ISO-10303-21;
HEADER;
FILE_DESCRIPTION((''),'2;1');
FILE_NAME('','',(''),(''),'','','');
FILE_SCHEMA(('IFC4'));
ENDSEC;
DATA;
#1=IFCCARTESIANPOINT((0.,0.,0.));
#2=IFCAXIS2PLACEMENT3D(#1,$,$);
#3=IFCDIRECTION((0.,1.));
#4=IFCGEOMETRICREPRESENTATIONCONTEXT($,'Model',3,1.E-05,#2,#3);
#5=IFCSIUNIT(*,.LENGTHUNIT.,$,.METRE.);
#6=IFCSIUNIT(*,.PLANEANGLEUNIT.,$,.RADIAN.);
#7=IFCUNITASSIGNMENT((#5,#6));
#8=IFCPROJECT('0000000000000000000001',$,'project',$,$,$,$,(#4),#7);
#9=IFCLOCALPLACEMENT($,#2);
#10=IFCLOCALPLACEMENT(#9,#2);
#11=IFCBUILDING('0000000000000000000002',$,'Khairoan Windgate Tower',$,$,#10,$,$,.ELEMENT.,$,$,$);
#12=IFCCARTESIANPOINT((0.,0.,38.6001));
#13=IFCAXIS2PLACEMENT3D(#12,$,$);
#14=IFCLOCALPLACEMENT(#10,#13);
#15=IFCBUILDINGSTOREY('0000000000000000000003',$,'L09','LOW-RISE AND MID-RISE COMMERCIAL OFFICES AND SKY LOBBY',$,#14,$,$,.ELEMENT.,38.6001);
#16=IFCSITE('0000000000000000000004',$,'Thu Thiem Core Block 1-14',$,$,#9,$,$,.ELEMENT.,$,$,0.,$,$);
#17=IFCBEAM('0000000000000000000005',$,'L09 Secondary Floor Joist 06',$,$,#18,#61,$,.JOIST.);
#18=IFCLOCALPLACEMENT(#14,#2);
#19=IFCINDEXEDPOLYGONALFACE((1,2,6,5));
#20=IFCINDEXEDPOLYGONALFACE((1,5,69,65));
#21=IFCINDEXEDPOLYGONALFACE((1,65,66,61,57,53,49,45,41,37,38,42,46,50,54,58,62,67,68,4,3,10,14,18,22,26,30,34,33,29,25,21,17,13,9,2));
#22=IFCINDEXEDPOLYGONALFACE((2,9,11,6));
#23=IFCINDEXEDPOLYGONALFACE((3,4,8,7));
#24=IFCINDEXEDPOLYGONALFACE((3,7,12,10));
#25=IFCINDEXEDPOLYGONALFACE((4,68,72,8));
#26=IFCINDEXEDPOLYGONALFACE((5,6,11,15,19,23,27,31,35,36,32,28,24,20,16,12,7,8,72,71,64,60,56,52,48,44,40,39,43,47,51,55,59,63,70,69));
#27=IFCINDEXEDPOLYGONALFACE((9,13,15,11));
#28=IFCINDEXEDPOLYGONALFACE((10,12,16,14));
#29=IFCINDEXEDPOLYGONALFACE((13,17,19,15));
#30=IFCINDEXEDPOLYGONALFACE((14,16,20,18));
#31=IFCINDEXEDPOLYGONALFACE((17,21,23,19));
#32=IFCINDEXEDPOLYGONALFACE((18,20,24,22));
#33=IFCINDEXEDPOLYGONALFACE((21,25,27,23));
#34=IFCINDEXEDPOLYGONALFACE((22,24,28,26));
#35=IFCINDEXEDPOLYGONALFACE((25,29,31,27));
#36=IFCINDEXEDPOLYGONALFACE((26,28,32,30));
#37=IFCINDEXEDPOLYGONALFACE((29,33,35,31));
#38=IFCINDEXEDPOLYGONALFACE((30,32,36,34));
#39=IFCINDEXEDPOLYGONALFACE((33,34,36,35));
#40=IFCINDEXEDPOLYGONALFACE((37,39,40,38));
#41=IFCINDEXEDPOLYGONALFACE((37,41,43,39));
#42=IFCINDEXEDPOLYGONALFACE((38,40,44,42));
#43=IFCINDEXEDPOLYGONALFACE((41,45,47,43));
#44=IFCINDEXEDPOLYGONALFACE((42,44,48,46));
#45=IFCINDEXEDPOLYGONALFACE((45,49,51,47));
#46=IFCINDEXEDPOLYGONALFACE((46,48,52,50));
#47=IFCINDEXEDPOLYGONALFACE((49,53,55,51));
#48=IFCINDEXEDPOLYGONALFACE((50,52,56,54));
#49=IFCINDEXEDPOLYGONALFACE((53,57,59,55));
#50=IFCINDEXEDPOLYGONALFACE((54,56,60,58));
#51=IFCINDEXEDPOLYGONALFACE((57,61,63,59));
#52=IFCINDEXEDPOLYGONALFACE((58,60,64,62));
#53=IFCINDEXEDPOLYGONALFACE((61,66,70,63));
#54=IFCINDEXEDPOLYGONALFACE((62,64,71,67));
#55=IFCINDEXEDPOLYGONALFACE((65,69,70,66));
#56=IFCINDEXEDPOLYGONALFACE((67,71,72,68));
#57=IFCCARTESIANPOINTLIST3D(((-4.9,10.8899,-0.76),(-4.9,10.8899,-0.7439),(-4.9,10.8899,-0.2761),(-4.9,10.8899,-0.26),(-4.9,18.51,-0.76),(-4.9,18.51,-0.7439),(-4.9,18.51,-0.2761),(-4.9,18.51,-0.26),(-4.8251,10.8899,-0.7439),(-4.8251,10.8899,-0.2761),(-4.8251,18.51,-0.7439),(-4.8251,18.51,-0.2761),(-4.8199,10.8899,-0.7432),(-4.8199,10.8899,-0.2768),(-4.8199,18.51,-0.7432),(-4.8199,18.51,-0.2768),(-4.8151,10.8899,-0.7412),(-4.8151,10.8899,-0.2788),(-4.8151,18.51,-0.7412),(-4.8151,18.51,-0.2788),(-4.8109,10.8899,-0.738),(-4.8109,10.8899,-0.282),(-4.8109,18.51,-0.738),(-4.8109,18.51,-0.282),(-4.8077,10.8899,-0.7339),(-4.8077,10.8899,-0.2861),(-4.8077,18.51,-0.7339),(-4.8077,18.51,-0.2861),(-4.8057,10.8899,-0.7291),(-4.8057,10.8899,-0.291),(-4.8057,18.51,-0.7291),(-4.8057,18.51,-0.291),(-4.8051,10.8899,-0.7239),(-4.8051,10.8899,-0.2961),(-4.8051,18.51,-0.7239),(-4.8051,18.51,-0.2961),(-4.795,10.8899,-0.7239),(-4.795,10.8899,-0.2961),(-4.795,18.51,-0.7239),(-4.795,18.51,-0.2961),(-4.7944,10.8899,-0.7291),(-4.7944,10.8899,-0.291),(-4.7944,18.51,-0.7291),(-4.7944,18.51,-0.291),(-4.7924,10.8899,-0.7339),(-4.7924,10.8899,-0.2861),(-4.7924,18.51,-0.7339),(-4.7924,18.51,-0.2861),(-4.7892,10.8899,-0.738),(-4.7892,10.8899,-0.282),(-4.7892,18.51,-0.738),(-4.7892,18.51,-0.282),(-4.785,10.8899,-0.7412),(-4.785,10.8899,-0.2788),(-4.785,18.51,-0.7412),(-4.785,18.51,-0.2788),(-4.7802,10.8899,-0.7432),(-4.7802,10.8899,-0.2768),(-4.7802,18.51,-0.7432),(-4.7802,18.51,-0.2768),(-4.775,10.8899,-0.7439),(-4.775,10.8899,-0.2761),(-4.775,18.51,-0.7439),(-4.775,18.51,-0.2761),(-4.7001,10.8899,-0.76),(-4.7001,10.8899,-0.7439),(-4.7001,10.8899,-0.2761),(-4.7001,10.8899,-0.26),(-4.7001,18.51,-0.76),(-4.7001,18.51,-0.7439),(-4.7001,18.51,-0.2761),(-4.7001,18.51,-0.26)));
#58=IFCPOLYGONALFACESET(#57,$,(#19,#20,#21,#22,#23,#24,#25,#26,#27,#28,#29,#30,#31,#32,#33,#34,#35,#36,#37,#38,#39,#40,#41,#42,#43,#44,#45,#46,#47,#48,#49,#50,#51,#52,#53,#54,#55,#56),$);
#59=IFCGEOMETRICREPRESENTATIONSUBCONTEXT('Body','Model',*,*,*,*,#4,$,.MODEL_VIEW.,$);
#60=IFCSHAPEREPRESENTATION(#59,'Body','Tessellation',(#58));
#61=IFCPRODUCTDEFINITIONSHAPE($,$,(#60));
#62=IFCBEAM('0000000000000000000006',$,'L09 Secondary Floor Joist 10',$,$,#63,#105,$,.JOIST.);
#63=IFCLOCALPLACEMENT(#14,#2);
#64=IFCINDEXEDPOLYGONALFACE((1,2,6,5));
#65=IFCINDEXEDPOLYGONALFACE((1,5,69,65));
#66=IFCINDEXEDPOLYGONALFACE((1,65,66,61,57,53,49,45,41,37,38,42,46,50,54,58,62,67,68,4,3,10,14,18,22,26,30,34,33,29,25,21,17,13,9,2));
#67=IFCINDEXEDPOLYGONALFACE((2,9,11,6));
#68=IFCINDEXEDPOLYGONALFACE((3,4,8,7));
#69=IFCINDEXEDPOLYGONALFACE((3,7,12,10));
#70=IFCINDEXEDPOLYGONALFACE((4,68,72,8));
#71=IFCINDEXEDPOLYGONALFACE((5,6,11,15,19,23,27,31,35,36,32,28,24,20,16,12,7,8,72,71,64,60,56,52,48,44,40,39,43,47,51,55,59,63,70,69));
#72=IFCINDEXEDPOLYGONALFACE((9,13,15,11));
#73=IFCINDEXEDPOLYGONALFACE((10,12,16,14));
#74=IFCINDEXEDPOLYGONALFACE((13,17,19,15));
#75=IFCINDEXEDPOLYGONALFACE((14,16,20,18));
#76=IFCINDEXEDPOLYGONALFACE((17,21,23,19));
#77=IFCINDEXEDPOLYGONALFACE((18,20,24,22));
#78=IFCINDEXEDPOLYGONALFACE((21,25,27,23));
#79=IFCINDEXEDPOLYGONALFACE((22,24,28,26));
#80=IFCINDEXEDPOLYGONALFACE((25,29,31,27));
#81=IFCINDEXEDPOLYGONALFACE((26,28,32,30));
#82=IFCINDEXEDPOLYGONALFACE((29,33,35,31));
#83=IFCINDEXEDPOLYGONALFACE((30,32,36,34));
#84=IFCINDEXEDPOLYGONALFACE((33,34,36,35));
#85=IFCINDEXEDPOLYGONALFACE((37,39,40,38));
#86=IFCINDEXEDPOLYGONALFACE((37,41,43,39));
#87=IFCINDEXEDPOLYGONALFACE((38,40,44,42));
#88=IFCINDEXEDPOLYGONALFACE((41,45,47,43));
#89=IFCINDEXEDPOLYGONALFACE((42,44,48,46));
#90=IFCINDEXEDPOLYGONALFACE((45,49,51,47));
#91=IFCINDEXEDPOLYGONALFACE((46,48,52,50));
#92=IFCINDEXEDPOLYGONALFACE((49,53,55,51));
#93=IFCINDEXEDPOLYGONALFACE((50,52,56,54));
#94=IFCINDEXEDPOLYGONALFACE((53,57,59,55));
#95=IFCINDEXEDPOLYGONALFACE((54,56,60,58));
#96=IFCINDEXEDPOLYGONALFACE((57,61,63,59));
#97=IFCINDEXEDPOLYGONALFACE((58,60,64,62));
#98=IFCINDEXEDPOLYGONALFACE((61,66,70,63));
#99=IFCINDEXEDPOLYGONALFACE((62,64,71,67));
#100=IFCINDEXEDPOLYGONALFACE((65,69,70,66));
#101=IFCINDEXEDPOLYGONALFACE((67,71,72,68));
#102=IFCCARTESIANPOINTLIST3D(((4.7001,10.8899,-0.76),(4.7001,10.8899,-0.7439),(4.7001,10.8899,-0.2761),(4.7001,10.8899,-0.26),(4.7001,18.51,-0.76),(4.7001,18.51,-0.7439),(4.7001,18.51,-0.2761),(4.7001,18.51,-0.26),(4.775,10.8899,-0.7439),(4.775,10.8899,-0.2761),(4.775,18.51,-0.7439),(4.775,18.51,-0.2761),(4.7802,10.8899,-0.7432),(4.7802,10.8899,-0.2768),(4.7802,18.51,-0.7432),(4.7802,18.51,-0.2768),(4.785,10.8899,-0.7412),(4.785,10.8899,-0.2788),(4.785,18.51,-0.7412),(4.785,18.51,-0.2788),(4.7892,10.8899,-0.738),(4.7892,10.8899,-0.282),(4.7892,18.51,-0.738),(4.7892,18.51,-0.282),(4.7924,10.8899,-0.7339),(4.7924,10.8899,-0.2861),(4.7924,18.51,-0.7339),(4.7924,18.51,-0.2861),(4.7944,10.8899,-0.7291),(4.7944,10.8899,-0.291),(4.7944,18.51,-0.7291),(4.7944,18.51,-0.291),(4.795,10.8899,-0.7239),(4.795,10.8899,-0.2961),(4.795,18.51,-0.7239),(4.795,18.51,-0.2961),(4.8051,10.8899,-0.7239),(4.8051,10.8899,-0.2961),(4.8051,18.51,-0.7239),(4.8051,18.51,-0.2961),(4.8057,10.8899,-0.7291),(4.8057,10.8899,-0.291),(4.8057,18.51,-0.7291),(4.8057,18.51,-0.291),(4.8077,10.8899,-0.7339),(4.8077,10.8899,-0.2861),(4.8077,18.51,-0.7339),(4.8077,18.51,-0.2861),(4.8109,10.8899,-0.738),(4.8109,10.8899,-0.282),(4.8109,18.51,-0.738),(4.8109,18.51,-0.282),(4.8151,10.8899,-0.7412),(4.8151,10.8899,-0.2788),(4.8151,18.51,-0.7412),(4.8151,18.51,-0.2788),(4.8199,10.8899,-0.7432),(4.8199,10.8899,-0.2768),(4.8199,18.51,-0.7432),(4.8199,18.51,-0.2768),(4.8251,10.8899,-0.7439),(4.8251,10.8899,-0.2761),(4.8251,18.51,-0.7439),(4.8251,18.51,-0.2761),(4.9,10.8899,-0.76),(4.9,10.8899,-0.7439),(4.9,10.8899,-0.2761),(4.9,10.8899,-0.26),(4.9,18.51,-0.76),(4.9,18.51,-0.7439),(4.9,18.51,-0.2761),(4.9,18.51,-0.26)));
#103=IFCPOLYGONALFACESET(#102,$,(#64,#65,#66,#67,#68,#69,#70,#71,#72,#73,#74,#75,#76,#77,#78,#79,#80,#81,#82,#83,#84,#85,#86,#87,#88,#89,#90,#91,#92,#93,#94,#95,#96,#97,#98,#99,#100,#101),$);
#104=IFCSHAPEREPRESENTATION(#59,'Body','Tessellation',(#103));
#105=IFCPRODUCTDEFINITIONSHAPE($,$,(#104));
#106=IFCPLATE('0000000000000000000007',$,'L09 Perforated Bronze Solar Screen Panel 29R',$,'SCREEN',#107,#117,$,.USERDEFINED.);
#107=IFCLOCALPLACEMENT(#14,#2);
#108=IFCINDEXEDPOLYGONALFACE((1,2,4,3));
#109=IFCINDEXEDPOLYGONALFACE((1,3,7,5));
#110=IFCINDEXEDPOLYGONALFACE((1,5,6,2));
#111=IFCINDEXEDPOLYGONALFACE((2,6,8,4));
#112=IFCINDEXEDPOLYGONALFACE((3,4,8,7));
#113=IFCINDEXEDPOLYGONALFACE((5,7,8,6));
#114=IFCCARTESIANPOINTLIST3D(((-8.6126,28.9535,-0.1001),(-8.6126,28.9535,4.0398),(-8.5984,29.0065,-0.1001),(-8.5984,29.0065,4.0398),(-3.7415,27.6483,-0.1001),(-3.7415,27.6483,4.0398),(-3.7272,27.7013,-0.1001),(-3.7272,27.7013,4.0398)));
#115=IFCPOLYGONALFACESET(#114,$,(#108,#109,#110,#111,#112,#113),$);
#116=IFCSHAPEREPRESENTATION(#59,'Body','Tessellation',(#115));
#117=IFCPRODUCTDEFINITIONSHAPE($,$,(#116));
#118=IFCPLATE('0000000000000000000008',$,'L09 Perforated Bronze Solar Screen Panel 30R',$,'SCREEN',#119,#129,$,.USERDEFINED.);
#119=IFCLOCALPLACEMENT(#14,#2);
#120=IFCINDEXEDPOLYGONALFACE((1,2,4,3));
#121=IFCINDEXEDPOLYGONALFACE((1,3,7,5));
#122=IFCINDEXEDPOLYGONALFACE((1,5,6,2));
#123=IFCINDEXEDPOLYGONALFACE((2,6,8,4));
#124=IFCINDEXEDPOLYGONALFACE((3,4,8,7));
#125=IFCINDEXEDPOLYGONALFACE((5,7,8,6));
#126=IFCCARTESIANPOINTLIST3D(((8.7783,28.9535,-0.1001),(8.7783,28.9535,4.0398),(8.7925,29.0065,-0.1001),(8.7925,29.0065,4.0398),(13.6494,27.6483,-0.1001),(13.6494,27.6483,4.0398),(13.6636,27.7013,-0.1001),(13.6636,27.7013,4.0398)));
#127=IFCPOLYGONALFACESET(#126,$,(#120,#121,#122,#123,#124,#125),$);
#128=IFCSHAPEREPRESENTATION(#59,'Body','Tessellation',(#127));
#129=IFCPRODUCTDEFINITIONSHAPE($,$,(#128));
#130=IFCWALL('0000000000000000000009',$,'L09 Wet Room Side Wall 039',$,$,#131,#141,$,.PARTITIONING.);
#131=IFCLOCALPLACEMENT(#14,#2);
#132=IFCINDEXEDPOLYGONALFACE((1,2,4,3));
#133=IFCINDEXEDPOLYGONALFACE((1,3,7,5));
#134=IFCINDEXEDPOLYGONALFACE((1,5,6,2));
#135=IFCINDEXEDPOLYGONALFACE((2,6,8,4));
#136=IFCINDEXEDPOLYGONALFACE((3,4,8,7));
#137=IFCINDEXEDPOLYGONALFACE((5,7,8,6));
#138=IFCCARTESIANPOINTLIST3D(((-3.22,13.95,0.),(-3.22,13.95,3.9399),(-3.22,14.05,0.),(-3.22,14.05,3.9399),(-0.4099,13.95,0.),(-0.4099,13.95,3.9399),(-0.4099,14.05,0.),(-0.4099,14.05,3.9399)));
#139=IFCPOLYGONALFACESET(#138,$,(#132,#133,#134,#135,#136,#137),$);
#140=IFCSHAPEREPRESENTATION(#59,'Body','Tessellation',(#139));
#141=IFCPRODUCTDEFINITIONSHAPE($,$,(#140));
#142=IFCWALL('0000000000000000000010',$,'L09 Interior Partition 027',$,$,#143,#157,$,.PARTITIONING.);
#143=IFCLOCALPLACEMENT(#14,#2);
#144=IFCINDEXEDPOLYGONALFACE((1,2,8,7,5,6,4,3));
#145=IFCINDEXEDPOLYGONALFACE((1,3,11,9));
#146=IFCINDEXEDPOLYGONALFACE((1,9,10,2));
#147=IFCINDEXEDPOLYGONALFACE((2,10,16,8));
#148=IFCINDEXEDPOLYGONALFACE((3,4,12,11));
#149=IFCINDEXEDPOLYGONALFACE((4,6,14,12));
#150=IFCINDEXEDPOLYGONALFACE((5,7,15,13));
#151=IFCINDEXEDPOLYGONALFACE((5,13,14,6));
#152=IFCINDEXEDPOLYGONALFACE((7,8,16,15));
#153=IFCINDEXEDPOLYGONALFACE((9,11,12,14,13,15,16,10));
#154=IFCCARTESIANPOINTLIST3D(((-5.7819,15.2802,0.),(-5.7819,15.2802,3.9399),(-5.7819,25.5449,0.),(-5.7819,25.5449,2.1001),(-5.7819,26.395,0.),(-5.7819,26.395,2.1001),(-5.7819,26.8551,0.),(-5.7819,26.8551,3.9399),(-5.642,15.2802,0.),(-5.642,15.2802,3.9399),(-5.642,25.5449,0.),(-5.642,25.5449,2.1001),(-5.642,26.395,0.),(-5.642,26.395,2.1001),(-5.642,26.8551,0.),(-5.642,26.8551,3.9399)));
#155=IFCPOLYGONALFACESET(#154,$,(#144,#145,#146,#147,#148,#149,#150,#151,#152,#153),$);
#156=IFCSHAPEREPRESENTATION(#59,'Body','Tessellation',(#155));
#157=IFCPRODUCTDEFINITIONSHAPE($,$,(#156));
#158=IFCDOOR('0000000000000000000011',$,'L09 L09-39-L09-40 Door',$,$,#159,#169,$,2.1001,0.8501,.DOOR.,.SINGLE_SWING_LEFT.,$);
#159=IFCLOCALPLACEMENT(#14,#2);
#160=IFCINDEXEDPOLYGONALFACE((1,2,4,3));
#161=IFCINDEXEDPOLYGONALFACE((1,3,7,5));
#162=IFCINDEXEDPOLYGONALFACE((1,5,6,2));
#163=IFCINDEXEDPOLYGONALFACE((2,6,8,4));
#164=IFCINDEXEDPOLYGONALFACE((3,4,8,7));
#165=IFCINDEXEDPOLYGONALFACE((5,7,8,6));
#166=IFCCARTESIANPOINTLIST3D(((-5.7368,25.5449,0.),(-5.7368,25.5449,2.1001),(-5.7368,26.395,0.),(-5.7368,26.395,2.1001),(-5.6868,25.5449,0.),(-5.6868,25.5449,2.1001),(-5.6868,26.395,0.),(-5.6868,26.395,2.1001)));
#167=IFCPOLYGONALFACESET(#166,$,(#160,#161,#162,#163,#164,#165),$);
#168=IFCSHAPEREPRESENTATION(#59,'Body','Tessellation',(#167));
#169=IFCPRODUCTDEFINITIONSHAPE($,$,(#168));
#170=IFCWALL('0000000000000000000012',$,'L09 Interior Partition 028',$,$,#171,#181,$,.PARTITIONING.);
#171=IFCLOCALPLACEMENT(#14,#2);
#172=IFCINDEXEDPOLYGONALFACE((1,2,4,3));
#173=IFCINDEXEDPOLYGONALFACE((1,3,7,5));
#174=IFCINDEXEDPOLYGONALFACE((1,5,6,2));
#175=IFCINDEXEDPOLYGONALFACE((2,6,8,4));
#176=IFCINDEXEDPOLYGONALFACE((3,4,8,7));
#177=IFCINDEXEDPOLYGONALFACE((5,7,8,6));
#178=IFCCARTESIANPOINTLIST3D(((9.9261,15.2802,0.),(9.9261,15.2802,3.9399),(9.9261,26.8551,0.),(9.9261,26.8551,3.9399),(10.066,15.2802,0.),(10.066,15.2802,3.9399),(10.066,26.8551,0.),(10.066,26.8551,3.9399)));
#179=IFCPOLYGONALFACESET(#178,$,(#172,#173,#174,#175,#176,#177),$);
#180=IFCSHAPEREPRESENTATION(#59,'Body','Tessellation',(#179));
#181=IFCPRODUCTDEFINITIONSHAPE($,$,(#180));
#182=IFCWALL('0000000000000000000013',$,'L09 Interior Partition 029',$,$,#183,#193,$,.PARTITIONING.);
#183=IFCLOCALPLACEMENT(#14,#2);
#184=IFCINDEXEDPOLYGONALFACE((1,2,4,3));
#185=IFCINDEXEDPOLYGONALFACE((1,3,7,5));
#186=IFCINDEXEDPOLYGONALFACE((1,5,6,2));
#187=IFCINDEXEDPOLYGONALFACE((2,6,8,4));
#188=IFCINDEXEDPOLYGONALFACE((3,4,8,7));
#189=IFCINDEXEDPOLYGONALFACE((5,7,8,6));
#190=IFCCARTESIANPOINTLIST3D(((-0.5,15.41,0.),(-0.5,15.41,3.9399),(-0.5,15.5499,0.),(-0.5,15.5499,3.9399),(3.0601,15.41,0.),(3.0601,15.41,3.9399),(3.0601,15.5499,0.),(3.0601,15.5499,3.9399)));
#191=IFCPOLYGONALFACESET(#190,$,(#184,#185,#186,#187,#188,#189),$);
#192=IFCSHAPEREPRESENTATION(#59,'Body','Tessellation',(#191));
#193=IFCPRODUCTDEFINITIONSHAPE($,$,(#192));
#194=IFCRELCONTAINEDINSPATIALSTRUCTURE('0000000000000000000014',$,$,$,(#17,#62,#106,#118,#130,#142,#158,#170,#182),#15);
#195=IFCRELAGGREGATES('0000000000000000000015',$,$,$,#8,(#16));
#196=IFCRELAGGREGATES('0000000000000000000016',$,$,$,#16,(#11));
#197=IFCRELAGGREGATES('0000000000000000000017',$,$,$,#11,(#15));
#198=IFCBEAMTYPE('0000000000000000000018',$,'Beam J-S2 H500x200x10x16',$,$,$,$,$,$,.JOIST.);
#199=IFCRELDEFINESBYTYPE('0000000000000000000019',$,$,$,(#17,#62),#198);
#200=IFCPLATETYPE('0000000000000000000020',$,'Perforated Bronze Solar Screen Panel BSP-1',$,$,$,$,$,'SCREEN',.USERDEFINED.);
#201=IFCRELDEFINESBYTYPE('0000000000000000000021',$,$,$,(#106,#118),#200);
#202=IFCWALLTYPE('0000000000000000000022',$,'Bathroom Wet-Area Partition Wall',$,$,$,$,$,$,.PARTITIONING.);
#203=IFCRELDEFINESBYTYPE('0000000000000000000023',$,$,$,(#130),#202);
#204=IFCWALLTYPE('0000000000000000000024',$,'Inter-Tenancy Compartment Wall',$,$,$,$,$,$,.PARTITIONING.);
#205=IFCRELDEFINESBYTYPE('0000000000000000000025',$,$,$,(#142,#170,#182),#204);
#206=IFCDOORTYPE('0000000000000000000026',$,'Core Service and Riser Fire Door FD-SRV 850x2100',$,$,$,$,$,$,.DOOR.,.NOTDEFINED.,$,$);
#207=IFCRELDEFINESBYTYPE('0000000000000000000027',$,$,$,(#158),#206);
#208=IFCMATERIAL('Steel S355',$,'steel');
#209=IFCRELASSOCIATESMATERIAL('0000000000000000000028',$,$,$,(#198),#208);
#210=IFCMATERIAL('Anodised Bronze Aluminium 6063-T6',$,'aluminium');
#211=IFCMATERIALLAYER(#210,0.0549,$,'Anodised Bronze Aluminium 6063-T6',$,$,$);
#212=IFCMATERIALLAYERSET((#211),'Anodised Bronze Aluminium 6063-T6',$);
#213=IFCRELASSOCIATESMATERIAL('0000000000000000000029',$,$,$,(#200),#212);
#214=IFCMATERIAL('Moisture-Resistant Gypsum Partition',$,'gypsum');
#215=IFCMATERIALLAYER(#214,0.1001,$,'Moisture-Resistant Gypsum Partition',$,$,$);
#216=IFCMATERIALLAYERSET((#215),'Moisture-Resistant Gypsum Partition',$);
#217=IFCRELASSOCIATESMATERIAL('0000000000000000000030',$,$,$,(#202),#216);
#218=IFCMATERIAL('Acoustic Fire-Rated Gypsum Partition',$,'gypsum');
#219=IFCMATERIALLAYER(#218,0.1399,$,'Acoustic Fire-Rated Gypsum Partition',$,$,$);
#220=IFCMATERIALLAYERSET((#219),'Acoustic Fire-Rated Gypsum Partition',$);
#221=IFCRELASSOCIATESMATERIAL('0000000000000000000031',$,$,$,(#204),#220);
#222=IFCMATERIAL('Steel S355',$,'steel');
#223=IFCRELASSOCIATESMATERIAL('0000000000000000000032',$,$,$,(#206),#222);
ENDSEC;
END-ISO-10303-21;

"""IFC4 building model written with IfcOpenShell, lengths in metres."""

from ifc_helpers import new_model, si_unit, direction, frame, frame_2d, origin, origin_2d, place, context, subcontext, project, spatial, rectangle, i_section, extrude, material, layer, layer_set, material_profile, profile_set, type_object, element, fill, save


model = new_model("IFC4")

# Units and contexts
model_context = context("Model", 3, precision=1e-05, world=origin(), true_north=direction((0.0, 1.0)))
body_context = subcontext(model_context, "Body", "Model", "MODEL_VIEW")
ifc_project = project(units=[si_unit("LENGTHUNIT", "METRE"), si_unit("PLANEANGLEUNIT", "RADIAN")], contexts=[model_context])

# Site, building, storey
site_placement = place(None, origin())
site = spatial("IfcSite", under=ifc_project, at=site_placement, Name="Thu Thiem Core Block 1-14", CompositionType="ELEMENT", RefElevation=0.0)
building_placement = place(site_placement, origin())
building = spatial("IfcBuilding", under=site, at=building_placement, Name="Khairoan Windgate Tower", CompositionType="ELEMENT")
storey_placement = place(building_placement, frame((0.0, 0.0, 38.6001)))
storey = spatial("IfcBuildingStorey", under=building, at=storey_placement, Name="L09", Description="LOW-RISE AND MID-RISE COMMERCIAL OFFICES AND SKY LOBBY", CompositionType="ELEMENT", Elevation=38.6001)

# Beams
ifc_material_1 = material(Name="Steel S355", Category="steel")
ifc_material_profile_1 = material_profile(ifc_material_1, i_section(OverallWidth=0.2, OverallDepth=0.5, WebThickness=0.01, FlangeThickness=0.0161, FilletRadius=0.02, at=origin_2d()))
ifc_profile_set_1 = profile_set([ifc_material_profile_1], Name="Steel S355")
beam_type_1 = type_object("IfcBeamType", Name="Beam J-S2 H500x200x10x16", PredefinedType="JOIST", material=ifc_profile_set_1)
for number, where, z_axis, x_axis, name in (
    (1, (-4.8, 10.8899, -0.51), (0.0, 1.0, 0.0), (-1.0, 0.0, 0.0), "L09 Secondary Floor Joist 06"),
    (2, (4.8, 10.8899, -0.51), (0.0, 1.0, 0.0), (-1.0, 0.0, 0.0), "L09 Secondary Floor Joist 10"),
):
    element("IfcBeam", number, at=place(storey_placement, frame(where, z_axis=z_axis, x_axis=x_axis)), inside=storey, type_object=beam_type_1, Name=name, PredefinedType="JOIST", context=body_context, shape_type="SweptSolid", body=[
        extrude(i_section(OverallWidth=0.2, OverallDepth=0.5, WebThickness=0.01, FlangeThickness=0.0161, FilletRadius=0.02, at=origin_2d()), origin(), (0.0, 0.0, 1.0), 7.6201),
    ])

# Plates
ifc_material_2 = material(Name="Anodised Bronze Aluminium 6063-T6", Category="aluminium")
ifc_layer_1 = layer(ifc_material_2, 0.0549, Name="Anodised Bronze Aluminium 6063-T6")
ifc_layer_set_1 = layer_set([ifc_layer_1], Name="Anodised Bronze Aluminium 6063-T6")
plate_type = type_object("IfcPlateType", Name="Perforated Bronze Solar Screen Panel BSP-1", ElementType="SCREEN", PredefinedType="USERDEFINED", material=ifc_layer_set_1)
for number, where, z_axis, x_axis, name in (
    (3, (-6.1699, 28.3274, -0.1001), (0.0, 0.0, 1.0), (0.965926, -0.258819, 0.0), "L09 Perforated Bronze Solar Screen Panel 29R"),
    (4, (11.2209, 28.3274, -0.1001), (0.0, 0.0, 1.0), (0.965926, -0.258819, 0.0), "L09 Perforated Bronze Solar Screen Panel 30R"),
):
    element("IfcPlate", number, at=place(storey_placement, frame(where, z_axis=z_axis, x_axis=x_axis)), inside=storey, type_object=plate_type, Name=name, ObjectType="SCREEN", PredefinedType="USERDEFINED", context=body_context, shape_type="SweptSolid", body=[
        extrude(rectangle(XDim=5.043, YDim=0.0549, at=origin_2d()), origin(), (0.0, 0.0, 1.0), 4.1399),
    ])

# Wall
ifc_material_3 = material(Name="Moisture-Resistant Gypsum Partition", Category="gypsum")
ifc_layer_2 = layer(ifc_material_3, 0.1001, Name="Moisture-Resistant Gypsum Partition")
ifc_layer_set_2 = layer_set([ifc_layer_2], Name="Moisture-Resistant Gypsum Partition")
wall_type_1 = type_object("IfcWallType", Name="Bathroom Wet-Area Partition Wall", PredefinedType="PARTITIONING", material=ifc_layer_set_2)
wall_1_placement = place(storey_placement, frame((-3.22, 14.0, 0.0), z_axis=(0.0, 0.0, 1.0), x_axis=(1.0, 0.0, 0.0)))
element("IfcWall", 5, at=wall_1_placement, inside=storey, type_object=wall_type_1, Name="L09 Wet Room Side Wall 039", PredefinedType="PARTITIONING", context=body_context, shape_type="SweptSolid", body=[
    extrude(rectangle(XDim=2.8101, YDim=0.1001, at=frame_2d((1.405, 0.0))), origin(), (0.0, 0.0, 1.0), 3.9399),
])

# Wall, opening, door
ifc_material_4 = material(Name="Acoustic Fire-Rated Gypsum Partition", Category="gypsum")
ifc_layer_3 = layer(ifc_material_4, 0.1399, Name="Acoustic Fire-Rated Gypsum Partition")
ifc_layer_set_3 = layer_set([ifc_layer_3], Name="Acoustic Fire-Rated Gypsum Partition")
wall_type_2 = type_object("IfcWallType", Name="Inter-Tenancy Compartment Wall", PredefinedType="PARTITIONING", material=ifc_layer_set_3)
wall_2_placement = place(storey_placement, frame((-5.7119, 15.28, 0.0), z_axis=(0.0, 0.0, 1.0), x_axis=(0.0, 1.0, 0.0)))
wall_2 = element("IfcWall", 6, at=wall_2_placement, inside=storey, type_object=wall_type_2, Name="L09 Interior Partition 027", PredefinedType="PARTITIONING", context=body_context, shape_type="SweptSolid", body=[
    extrude(rectangle(XDim=11.575, YDim=0.1399, at=frame_2d((5.7876, 0.0))), origin(), (0.0, 0.0, 1.0), 3.9399),
])
opening_placement = place(wall_2_placement, frame((10.2649, 0.0, 0.0)))
opening = element("IfcOpeningElement", 7, at=opening_placement, cuts=wall_2, PredefinedType="OPENING", context=body_context, shape_type="SweptSolid", body=[
    extrude(rectangle(XDim=0.8501, YDim=2.1001, at=frame_2d((0.425, 1.05))), frame((0.0, 0.0798, 0.0), z_axis=(0.0, -1.0, 0.0), x_axis=(1.0, 0.0, 0.0)), (0.0, 0.0, 1.0), 0.1599),
])
ifc_material_5 = material(Name="Steel S355", Category="steel")
door_type = type_object("IfcDoorType", Name="Core Service and Riser Fire Door FD-SRV 850x2100", OperationType="NOTDEFINED", PredefinedType="DOOR", material=ifc_material_5)
door_placement = place(opening_placement, origin())
door = element("IfcDoor", 8, at=door_placement, inside=storey, type_object=door_type, Name="L09 L09-39-L09-40 Door", OperationType="SINGLE_SWING_LEFT", OverallHeight=2.1001, OverallWidth=0.8501, PredefinedType="DOOR", context=body_context, shape_type="SweptSolid", body=[
    extrude(rectangle(XDim=0.8501, YDim=2.1001, at=frame_2d((0.425, 1.05))), frame((0.0, 0.0249, 0.0), z_axis=(0.0, -1.0, 0.0), x_axis=(1.0, 0.0, 0.0)), (0.0, 0.0, 1.0), 0.05),
])
fill(opening, door)

# Walls
wall_3_placement = place(storey_placement, frame((9.9961, 15.28, 0.0), z_axis=(0.0, 0.0, 1.0), x_axis=(0.0, 1.0, 0.0)))
element("IfcWall", 9, at=wall_3_placement, inside=storey, type_object=wall_type_2, Name="L09 Interior Partition 028", PredefinedType="PARTITIONING", context=body_context, shape_type="SweptSolid", body=[
    extrude(rectangle(XDim=11.575, YDim=0.1399, at=frame_2d((5.7876, 0.0))), origin(), (0.0, 0.0, 1.0), 3.9399),
])
wall_4_placement = place(storey_placement, frame((-0.5, 15.48, 0.0), z_axis=(0.0, 0.0, 1.0), x_axis=(1.0, 0.0, 0.0)))
element("IfcWall", 10, at=wall_4_placement, inside=storey, type_object=wall_type_2, Name="L09 Interior Partition 029", PredefinedType="PARTITIONING", context=body_context, shape_type="SweptSolid", body=[
    extrude(rectangle(XDim=3.5601, YDim=0.1399, at=frame_2d((1.78, 0.0))), origin(), (0.0, 0.0, 1.0), 3.9399),
])

save(model, "model.ifc")
